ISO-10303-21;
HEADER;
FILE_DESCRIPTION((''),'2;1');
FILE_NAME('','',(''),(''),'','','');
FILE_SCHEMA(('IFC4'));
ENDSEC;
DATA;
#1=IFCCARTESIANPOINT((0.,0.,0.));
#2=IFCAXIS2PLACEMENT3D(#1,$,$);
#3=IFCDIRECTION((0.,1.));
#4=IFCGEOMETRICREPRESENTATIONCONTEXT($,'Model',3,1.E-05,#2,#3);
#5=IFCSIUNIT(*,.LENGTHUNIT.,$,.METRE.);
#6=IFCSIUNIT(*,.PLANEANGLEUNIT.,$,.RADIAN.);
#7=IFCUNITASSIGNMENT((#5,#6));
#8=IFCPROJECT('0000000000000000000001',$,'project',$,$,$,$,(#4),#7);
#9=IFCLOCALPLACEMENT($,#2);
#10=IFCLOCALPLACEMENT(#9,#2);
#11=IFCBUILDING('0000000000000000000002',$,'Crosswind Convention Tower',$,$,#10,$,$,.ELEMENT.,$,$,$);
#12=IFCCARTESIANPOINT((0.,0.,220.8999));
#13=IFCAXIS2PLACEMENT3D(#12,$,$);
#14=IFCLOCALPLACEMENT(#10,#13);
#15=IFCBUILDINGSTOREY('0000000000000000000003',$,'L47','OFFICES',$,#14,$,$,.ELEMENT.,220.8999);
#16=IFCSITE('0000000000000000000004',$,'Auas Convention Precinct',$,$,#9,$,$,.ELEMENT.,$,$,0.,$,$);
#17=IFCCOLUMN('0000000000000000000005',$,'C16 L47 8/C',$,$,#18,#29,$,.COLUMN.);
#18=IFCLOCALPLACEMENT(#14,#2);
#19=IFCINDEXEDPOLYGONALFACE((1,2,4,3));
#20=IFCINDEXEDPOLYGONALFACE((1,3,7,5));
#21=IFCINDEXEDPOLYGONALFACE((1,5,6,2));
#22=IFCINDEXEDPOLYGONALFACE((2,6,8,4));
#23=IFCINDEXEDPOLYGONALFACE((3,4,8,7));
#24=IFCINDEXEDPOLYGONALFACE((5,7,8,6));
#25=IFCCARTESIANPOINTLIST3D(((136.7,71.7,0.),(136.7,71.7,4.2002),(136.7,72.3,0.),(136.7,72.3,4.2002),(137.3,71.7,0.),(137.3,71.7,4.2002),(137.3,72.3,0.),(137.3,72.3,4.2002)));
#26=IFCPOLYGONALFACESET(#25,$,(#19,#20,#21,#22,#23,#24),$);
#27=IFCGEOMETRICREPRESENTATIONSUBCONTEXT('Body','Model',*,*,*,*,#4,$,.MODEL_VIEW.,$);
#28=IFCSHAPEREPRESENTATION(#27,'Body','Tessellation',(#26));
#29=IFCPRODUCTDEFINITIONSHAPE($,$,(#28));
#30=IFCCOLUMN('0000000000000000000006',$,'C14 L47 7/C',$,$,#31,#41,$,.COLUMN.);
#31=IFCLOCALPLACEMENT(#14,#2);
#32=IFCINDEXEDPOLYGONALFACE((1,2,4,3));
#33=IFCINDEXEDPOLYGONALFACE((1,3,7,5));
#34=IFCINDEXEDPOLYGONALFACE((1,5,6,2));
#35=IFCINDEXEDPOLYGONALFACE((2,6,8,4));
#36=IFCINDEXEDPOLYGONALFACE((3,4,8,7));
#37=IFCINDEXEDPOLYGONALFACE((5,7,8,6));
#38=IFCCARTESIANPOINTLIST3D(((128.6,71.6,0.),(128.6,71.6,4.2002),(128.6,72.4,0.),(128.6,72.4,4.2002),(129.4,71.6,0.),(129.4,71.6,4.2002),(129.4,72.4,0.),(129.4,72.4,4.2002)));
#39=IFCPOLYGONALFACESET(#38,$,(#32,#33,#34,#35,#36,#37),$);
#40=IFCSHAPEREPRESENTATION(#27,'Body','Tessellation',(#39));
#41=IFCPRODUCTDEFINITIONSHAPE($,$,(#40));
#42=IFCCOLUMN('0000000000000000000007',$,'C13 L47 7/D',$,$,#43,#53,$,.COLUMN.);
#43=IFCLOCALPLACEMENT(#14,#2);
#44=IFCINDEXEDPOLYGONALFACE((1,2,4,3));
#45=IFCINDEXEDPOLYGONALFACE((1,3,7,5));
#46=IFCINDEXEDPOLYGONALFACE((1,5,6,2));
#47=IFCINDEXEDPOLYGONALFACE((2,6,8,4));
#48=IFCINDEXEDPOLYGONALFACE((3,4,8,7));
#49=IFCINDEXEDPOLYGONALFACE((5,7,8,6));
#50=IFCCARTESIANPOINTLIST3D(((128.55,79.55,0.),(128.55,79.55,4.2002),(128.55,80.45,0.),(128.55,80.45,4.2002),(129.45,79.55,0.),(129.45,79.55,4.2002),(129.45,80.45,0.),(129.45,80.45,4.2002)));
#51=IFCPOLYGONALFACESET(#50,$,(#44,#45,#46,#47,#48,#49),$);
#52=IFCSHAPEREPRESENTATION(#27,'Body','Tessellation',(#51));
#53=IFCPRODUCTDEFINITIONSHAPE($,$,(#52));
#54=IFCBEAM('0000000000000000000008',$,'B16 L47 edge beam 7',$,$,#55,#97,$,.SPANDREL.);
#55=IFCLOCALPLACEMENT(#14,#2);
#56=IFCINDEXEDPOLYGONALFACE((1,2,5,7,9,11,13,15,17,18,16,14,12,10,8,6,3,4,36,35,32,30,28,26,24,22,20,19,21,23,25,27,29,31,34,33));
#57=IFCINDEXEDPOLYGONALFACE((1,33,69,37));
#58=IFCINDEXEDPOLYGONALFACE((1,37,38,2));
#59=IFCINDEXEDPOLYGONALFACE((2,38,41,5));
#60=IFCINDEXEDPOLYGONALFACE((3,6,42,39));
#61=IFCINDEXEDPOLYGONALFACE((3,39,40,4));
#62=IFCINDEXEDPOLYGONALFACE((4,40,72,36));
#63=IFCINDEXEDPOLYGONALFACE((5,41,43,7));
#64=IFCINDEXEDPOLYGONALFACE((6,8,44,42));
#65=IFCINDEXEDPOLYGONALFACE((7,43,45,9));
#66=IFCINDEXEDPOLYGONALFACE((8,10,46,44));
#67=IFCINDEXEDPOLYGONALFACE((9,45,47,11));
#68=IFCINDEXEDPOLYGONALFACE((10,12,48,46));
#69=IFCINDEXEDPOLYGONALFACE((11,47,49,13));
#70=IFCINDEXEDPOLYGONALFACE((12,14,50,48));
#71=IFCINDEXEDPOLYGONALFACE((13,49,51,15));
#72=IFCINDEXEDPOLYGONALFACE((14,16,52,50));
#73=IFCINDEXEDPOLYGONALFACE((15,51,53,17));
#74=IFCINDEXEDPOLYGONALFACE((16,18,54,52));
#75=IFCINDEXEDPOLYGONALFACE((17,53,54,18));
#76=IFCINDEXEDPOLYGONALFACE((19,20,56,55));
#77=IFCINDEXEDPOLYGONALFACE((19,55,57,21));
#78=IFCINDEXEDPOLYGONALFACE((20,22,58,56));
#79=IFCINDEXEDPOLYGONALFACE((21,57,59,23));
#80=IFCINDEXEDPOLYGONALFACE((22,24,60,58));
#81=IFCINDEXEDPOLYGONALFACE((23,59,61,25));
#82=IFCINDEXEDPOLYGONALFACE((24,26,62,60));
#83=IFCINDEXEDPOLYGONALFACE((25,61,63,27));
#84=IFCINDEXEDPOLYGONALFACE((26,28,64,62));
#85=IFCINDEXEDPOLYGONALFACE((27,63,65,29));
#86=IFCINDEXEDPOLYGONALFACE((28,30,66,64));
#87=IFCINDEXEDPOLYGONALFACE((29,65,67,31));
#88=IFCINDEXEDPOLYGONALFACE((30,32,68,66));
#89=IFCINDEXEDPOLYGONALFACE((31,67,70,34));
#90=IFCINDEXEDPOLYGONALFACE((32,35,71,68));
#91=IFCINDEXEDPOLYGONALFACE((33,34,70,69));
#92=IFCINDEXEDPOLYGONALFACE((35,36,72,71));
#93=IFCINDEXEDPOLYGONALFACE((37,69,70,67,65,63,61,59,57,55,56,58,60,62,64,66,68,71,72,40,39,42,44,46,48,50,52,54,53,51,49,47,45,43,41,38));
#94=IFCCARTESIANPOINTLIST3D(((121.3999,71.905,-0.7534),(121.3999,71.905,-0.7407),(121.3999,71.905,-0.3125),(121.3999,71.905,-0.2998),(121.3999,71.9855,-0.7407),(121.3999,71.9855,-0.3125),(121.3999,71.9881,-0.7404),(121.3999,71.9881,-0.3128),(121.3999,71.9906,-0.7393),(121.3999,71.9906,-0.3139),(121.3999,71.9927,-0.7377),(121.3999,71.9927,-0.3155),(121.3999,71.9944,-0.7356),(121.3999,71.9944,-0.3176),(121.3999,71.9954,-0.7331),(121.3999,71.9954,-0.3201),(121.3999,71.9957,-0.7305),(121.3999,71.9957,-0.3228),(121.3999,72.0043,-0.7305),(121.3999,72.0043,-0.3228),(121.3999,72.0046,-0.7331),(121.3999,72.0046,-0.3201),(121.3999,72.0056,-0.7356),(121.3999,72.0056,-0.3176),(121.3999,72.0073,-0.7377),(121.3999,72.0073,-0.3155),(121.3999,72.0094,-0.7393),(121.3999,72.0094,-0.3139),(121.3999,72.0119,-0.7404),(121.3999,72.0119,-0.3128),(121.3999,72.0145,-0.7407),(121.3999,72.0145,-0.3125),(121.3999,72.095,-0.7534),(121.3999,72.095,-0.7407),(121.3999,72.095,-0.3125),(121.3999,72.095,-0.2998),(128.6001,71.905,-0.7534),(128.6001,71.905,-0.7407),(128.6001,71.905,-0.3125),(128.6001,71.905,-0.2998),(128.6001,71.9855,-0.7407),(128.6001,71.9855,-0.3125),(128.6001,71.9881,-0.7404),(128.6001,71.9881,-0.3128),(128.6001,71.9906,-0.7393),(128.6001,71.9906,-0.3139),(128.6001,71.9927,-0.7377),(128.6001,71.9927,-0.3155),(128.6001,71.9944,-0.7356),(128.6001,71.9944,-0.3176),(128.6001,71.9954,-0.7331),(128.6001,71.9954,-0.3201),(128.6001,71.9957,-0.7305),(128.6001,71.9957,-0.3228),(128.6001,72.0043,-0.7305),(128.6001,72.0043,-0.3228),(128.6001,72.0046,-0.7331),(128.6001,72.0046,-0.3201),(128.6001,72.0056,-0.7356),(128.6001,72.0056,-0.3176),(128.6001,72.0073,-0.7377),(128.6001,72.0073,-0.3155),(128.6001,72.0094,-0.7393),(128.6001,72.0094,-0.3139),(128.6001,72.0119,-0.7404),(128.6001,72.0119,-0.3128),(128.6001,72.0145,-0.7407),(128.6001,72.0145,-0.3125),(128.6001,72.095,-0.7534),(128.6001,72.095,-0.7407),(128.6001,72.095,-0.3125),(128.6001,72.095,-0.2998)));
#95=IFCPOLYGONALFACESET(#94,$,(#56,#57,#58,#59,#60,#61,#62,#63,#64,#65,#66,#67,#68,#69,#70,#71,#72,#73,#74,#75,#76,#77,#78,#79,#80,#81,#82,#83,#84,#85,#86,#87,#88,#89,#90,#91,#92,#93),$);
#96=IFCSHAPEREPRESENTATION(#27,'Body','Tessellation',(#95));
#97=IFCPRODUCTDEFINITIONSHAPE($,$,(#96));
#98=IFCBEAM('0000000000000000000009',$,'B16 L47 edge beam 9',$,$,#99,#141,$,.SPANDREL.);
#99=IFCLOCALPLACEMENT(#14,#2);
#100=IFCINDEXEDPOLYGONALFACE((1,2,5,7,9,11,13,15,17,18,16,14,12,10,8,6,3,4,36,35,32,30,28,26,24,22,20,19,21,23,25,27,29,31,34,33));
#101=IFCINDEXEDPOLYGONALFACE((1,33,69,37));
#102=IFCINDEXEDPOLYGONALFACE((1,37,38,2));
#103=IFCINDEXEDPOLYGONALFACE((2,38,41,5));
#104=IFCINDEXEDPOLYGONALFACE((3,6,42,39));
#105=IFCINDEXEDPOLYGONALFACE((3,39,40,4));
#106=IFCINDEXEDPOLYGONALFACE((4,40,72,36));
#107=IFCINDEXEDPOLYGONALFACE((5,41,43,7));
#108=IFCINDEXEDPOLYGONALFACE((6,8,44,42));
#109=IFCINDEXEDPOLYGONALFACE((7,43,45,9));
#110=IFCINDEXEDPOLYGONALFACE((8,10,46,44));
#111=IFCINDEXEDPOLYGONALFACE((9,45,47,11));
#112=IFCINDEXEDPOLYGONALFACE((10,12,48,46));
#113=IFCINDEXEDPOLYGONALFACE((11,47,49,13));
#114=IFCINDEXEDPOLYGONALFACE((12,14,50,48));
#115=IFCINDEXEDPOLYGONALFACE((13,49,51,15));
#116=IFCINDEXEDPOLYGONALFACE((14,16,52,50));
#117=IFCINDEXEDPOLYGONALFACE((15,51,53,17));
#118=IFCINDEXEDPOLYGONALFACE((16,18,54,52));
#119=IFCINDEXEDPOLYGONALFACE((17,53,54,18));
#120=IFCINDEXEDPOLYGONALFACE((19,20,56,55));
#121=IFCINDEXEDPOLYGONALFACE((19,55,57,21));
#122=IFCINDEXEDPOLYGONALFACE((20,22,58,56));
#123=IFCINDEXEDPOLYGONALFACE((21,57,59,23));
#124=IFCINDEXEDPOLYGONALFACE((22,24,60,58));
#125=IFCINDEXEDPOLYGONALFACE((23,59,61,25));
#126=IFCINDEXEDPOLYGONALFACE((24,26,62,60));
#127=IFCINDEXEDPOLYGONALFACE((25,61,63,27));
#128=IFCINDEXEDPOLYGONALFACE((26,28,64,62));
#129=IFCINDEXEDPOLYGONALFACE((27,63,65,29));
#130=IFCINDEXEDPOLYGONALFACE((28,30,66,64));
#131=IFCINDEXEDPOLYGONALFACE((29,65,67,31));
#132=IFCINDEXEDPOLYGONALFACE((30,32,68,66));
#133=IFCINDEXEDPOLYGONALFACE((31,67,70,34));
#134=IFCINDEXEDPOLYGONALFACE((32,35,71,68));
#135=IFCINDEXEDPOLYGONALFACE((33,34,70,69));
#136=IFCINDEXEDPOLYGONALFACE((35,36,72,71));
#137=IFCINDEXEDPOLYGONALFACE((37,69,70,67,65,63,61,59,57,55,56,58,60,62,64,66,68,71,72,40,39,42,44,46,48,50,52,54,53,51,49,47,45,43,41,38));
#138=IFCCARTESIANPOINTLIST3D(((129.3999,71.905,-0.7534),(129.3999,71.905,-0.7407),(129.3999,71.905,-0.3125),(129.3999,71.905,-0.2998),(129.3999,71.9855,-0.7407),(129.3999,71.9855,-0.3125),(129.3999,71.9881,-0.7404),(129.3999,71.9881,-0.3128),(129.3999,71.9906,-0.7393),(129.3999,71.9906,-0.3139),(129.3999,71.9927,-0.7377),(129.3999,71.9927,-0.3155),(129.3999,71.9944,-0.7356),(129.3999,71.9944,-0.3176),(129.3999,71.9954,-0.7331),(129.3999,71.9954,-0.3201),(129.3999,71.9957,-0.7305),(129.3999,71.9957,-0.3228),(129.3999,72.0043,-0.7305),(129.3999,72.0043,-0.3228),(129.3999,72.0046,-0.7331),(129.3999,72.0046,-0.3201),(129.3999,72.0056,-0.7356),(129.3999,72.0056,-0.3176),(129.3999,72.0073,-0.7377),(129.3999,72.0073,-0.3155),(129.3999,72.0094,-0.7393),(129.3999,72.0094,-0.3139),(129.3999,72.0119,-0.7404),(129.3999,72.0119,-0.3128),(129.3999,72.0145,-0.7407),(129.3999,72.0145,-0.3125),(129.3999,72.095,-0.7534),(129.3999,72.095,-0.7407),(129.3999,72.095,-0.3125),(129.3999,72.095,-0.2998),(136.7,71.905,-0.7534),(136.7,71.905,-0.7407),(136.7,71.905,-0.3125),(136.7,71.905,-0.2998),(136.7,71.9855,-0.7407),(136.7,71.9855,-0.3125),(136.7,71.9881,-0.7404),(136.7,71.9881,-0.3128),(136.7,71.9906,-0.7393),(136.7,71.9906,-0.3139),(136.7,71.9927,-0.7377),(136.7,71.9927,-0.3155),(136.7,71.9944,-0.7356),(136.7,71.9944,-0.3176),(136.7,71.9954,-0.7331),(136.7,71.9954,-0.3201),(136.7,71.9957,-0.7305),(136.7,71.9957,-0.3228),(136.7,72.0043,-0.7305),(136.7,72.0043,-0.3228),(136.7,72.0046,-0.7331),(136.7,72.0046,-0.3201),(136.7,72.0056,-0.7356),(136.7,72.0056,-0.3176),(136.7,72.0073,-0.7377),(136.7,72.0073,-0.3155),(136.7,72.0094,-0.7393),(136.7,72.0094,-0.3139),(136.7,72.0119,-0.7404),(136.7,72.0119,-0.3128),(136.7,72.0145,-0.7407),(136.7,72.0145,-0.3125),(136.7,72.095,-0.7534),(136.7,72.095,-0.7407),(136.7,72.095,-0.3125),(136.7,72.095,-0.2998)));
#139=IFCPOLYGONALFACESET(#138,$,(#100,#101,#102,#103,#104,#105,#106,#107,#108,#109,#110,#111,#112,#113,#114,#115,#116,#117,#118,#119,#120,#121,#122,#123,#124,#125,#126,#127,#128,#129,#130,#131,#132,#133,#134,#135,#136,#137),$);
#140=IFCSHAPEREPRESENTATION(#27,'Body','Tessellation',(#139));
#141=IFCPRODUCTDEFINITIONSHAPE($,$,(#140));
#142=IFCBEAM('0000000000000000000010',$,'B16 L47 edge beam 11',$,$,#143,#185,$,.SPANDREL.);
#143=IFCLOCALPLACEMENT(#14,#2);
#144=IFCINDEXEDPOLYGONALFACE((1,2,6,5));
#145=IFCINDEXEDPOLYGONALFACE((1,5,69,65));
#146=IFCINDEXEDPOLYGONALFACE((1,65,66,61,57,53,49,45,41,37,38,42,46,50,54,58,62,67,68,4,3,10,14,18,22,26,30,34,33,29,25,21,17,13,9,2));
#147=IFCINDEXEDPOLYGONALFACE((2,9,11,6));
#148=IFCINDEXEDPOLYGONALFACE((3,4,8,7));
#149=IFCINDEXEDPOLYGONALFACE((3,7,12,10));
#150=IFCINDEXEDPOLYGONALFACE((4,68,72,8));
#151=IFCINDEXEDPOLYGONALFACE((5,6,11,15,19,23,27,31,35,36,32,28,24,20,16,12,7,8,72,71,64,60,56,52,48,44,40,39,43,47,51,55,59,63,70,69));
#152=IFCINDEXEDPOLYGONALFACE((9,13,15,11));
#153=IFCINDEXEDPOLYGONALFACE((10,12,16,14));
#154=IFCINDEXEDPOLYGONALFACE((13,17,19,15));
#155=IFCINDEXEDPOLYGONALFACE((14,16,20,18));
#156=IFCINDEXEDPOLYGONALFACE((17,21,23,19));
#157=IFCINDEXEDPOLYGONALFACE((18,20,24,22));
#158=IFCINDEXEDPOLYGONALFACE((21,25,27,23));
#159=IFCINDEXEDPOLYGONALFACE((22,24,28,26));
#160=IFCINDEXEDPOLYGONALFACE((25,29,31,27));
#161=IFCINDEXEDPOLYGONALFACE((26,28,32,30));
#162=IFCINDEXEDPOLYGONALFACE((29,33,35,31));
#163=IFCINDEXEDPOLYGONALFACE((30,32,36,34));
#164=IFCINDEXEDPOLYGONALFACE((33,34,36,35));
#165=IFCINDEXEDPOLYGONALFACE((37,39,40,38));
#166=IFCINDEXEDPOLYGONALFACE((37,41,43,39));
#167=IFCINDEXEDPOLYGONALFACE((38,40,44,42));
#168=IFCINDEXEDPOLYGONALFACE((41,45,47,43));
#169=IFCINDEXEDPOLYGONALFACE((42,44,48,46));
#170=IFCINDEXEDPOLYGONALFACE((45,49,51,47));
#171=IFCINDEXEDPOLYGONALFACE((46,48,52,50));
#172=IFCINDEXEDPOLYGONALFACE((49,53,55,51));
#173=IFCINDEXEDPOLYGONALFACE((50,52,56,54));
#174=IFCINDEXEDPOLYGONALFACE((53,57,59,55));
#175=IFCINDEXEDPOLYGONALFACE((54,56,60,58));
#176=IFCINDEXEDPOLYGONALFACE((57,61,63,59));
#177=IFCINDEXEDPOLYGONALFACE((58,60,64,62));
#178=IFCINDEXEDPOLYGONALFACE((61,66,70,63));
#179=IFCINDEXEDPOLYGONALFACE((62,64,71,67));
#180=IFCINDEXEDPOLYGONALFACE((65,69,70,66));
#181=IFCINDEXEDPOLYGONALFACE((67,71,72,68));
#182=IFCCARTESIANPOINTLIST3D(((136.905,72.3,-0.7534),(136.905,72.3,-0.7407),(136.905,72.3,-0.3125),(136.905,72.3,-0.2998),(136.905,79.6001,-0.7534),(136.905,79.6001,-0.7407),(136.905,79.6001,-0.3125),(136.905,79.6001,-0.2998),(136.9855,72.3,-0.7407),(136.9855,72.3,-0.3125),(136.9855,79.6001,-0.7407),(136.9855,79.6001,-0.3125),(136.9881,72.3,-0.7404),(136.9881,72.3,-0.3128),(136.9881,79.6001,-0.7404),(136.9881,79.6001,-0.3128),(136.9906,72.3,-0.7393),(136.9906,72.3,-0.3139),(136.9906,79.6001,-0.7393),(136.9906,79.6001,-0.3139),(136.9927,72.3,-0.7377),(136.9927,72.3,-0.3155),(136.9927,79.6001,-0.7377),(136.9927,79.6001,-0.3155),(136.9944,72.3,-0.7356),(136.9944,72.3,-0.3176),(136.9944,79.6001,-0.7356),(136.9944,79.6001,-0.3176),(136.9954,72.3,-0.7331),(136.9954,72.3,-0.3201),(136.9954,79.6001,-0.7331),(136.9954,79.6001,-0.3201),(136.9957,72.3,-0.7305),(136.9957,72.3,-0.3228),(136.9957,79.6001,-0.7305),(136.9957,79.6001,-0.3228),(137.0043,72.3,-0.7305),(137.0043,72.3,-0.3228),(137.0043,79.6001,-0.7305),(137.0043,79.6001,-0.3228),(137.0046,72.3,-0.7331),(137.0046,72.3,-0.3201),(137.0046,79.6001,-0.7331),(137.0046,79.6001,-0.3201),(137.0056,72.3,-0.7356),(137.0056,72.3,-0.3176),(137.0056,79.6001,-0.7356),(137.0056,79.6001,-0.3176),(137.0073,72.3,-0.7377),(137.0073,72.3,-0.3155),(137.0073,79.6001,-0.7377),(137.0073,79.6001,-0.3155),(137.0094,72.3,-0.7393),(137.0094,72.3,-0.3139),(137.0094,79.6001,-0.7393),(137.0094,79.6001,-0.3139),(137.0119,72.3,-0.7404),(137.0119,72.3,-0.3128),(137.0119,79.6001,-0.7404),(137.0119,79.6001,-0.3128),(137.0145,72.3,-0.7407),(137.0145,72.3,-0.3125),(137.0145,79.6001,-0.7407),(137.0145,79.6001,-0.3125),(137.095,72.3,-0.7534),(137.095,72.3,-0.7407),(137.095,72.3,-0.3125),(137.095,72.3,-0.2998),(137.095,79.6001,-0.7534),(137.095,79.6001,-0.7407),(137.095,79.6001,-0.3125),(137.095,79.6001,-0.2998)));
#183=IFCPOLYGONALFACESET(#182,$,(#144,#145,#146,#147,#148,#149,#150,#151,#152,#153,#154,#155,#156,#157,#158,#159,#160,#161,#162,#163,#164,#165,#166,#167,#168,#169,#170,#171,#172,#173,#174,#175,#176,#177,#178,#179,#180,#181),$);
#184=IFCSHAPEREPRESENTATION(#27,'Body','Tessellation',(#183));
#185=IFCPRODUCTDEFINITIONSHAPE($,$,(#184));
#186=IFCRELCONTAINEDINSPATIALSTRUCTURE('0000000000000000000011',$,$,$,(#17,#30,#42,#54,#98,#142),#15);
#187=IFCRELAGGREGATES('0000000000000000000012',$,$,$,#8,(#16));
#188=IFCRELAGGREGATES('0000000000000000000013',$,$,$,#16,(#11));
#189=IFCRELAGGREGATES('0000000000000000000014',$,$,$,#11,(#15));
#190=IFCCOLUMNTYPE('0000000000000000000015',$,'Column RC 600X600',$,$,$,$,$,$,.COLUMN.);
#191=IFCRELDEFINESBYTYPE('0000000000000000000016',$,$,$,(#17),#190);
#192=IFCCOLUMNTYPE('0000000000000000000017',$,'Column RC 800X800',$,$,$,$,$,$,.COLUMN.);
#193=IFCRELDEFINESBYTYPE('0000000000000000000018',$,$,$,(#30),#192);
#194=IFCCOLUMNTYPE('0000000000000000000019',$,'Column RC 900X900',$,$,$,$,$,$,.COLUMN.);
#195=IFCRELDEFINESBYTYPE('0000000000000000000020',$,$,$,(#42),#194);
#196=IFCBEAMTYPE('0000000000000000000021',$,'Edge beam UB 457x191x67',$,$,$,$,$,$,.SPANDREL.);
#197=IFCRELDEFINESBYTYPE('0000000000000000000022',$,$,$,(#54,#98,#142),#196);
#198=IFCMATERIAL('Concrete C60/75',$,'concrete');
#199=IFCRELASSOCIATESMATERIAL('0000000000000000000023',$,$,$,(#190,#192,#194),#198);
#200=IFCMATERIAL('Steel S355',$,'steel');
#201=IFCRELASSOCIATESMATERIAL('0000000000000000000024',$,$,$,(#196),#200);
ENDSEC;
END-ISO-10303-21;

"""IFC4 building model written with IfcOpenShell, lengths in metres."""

from ifc_helpers import new_model, si_unit, direction, frame, origin, origin_2d, place, context, subcontext, project, spatial, rectangle, i_section, extrude, material, material_profile, profile_set, type_object, element, save


model = new_model("IFC4")

# Units and contexts
model_context = context("Model", 3, precision=1e-05, world=origin(), true_north=direction((0.0, 1.0)))
body_context = subcontext(model_context, "Body", "Model", "MODEL_VIEW")
ifc_project = project(units=[si_unit("LENGTHUNIT", "METRE"), si_unit("PLANEANGLEUNIT", "RADIAN")], contexts=[model_context])

# Site, building, storey
site_placement = place(None, origin())
site = spatial("IfcSite", under=ifc_project, at=site_placement, Name="Auas Convention Precinct", CompositionType="ELEMENT", RefElevation=0.0)
building_placement = place(site_placement, origin())
building = spatial("IfcBuilding", under=site, at=building_placement, Name="Crosswind Convention Tower", CompositionType="ELEMENT")
storey_placement = place(building_placement, frame((0.0, 0.0, 220.8999)))
storey = spatial("IfcBuildingStorey", under=building, at=storey_placement, Name="L47", Description="OFFICES", CompositionType="ELEMENT", Elevation=220.8999)

# Columns
ifc_material_1 = material(Name="Concrete C60/75", Category="concrete")
ifc_material_profile_1 = material_profile(ifc_material_1, rectangle(XDim=0.6001, YDim=0.6001, at=origin_2d()), Name="RC 600X600")
ifc_profile_set_1 = profile_set([ifc_material_profile_1], Name="Concrete C60/75")
column_type_1 = type_object("IfcColumnType", Name="Column RC 600X600", PredefinedType="COLUMN", material=ifc_profile_set_1)
column_1_placement = place(storey_placement, frame((137.0, 72.0, 0.0), z_axis=(0.0, 0.0, 1.0), x_axis=(1.0, 0.0, 0.0)))
element("IfcColumn", 1, at=column_1_placement, inside=storey, type_object=column_type_1, Name="C16 L47 8/C", PredefinedType="COLUMN", context=body_context, shape_type="SweptSolid", body=[
    extrude(rectangle(XDim=0.6001, YDim=0.6001, at=origin_2d()), origin(), (0.0, 0.0, 1.0), 4.2002),
])
ifc_material_profile_2 = material_profile(ifc_material_1, rectangle(XDim=0.8, YDim=0.8, at=origin_2d()), Name="RC 800X800")
ifc_profile_set_2 = profile_set([ifc_material_profile_2], Name="Concrete C60/75")
column_type_2 = type_object("IfcColumnType", Name="Column RC 800X800", PredefinedType="COLUMN", material=ifc_profile_set_2)
column_2_placement = place(storey_placement, frame((129.0, 72.0, 0.0), z_axis=(0.0, 0.0, 1.0), x_axis=(1.0, 0.0, 0.0)))
element("IfcColumn", 2, at=column_2_placement, inside=storey, type_object=column_type_2, Name="C14 L47 7/C", PredefinedType="COLUMN", context=body_context, shape_type="SweptSolid", body=[
    extrude(rectangle(XDim=0.8, YDim=0.8, at=origin_2d()), origin(), (0.0, 0.0, 1.0), 4.2002),
])
ifc_material_profile_3 = material_profile(ifc_material_1, rectangle(XDim=0.8999, YDim=0.8999, at=origin_2d()), Name="RC 900X900")
ifc_profile_set_3 = profile_set([ifc_material_profile_3], Name="Concrete C60/75")
column_type_3 = type_object("IfcColumnType", Name="Column RC 900X900", PredefinedType="COLUMN", material=ifc_profile_set_3)
column_3_placement = place(storey_placement, frame((129.0, 80.0, 0.0), z_axis=(0.0, 0.0, 1.0), x_axis=(1.0, 0.0, 0.0)))
element("IfcColumn", 3, at=column_3_placement, inside=storey, type_object=column_type_3, Name="C13 L47 7/D", PredefinedType="COLUMN", context=body_context, shape_type="SweptSolid", body=[
    extrude(rectangle(XDim=0.8999, YDim=0.8999, at=origin_2d()), origin(), (0.0, 0.0, 1.0), 4.2002),
])

# Beams
ifc_material_2 = material(Name="Steel S355", Category="steel")
ifc_material_profile_4 = material_profile(ifc_material_2, i_section(OverallWidth=0.1899, OverallDepth=0.4536, WebThickness=0.0085, FlangeThickness=0.0127, FilletRadius=0.0103, at=origin_2d()), Name="UB 457x191x67")
ifc_profile_set_4 = profile_set([ifc_material_profile_4], Name="Steel S355")
beam_type_1 = type_object("IfcBeamType", Name="Edge beam UB 457x191x67", PredefinedType="SPANDREL", material=ifc_profile_set_4)
beam_1_placement = place(storey_placement, frame((121.3999, 72.0, -0.5266), z_axis=(1.0, 0.0, 0.0), x_axis=(0.0, 1.0, 0.0)))
element("IfcBeam", 4, at=beam_1_placement, inside=storey, type_object=beam_type_1, Name="B16 L47 edge beam 7", PredefinedType="SPANDREL", context=body_context, shape_type="SweptSolid", body=[
    extrude(i_section(OverallWidth=0.1899, OverallDepth=0.4536, WebThickness=0.0085, FlangeThickness=0.0127, FilletRadius=0.0103, at=origin_2d()), origin(), (0.0, 0.0, 1.0), 7.2002),
])
for number, where, z_axis, x_axis, name in (
    (5, (129.3999, 72.0, -0.5266), (1.0, 0.0, 0.0), (0.0, 1.0, 0.0), "B16 L47 edge beam 9"),
    (6, (137.0, 72.3, -0.5266), (0.0, 1.0, 0.0), (-1.0, 0.0, 0.0), "B16 L47 edge beam 11"),
):
    element("IfcBeam", number, at=place(storey_placement, frame(where, z_axis=z_axis, x_axis=x_axis)), inside=storey, type_object=beam_type_1, Name=name, PredefinedType="SPANDREL", context=body_context, shape_type="SweptSolid", body=[
        extrude(i_section(OverallWidth=0.1899, OverallDepth=0.4536, WebThickness=0.0085, FlangeThickness=0.0127, FilletRadius=0.0103, at=origin_2d()), origin(), (0.0, 0.0, 1.0), 7.3),
    ])

save(model, "model.ifc")
